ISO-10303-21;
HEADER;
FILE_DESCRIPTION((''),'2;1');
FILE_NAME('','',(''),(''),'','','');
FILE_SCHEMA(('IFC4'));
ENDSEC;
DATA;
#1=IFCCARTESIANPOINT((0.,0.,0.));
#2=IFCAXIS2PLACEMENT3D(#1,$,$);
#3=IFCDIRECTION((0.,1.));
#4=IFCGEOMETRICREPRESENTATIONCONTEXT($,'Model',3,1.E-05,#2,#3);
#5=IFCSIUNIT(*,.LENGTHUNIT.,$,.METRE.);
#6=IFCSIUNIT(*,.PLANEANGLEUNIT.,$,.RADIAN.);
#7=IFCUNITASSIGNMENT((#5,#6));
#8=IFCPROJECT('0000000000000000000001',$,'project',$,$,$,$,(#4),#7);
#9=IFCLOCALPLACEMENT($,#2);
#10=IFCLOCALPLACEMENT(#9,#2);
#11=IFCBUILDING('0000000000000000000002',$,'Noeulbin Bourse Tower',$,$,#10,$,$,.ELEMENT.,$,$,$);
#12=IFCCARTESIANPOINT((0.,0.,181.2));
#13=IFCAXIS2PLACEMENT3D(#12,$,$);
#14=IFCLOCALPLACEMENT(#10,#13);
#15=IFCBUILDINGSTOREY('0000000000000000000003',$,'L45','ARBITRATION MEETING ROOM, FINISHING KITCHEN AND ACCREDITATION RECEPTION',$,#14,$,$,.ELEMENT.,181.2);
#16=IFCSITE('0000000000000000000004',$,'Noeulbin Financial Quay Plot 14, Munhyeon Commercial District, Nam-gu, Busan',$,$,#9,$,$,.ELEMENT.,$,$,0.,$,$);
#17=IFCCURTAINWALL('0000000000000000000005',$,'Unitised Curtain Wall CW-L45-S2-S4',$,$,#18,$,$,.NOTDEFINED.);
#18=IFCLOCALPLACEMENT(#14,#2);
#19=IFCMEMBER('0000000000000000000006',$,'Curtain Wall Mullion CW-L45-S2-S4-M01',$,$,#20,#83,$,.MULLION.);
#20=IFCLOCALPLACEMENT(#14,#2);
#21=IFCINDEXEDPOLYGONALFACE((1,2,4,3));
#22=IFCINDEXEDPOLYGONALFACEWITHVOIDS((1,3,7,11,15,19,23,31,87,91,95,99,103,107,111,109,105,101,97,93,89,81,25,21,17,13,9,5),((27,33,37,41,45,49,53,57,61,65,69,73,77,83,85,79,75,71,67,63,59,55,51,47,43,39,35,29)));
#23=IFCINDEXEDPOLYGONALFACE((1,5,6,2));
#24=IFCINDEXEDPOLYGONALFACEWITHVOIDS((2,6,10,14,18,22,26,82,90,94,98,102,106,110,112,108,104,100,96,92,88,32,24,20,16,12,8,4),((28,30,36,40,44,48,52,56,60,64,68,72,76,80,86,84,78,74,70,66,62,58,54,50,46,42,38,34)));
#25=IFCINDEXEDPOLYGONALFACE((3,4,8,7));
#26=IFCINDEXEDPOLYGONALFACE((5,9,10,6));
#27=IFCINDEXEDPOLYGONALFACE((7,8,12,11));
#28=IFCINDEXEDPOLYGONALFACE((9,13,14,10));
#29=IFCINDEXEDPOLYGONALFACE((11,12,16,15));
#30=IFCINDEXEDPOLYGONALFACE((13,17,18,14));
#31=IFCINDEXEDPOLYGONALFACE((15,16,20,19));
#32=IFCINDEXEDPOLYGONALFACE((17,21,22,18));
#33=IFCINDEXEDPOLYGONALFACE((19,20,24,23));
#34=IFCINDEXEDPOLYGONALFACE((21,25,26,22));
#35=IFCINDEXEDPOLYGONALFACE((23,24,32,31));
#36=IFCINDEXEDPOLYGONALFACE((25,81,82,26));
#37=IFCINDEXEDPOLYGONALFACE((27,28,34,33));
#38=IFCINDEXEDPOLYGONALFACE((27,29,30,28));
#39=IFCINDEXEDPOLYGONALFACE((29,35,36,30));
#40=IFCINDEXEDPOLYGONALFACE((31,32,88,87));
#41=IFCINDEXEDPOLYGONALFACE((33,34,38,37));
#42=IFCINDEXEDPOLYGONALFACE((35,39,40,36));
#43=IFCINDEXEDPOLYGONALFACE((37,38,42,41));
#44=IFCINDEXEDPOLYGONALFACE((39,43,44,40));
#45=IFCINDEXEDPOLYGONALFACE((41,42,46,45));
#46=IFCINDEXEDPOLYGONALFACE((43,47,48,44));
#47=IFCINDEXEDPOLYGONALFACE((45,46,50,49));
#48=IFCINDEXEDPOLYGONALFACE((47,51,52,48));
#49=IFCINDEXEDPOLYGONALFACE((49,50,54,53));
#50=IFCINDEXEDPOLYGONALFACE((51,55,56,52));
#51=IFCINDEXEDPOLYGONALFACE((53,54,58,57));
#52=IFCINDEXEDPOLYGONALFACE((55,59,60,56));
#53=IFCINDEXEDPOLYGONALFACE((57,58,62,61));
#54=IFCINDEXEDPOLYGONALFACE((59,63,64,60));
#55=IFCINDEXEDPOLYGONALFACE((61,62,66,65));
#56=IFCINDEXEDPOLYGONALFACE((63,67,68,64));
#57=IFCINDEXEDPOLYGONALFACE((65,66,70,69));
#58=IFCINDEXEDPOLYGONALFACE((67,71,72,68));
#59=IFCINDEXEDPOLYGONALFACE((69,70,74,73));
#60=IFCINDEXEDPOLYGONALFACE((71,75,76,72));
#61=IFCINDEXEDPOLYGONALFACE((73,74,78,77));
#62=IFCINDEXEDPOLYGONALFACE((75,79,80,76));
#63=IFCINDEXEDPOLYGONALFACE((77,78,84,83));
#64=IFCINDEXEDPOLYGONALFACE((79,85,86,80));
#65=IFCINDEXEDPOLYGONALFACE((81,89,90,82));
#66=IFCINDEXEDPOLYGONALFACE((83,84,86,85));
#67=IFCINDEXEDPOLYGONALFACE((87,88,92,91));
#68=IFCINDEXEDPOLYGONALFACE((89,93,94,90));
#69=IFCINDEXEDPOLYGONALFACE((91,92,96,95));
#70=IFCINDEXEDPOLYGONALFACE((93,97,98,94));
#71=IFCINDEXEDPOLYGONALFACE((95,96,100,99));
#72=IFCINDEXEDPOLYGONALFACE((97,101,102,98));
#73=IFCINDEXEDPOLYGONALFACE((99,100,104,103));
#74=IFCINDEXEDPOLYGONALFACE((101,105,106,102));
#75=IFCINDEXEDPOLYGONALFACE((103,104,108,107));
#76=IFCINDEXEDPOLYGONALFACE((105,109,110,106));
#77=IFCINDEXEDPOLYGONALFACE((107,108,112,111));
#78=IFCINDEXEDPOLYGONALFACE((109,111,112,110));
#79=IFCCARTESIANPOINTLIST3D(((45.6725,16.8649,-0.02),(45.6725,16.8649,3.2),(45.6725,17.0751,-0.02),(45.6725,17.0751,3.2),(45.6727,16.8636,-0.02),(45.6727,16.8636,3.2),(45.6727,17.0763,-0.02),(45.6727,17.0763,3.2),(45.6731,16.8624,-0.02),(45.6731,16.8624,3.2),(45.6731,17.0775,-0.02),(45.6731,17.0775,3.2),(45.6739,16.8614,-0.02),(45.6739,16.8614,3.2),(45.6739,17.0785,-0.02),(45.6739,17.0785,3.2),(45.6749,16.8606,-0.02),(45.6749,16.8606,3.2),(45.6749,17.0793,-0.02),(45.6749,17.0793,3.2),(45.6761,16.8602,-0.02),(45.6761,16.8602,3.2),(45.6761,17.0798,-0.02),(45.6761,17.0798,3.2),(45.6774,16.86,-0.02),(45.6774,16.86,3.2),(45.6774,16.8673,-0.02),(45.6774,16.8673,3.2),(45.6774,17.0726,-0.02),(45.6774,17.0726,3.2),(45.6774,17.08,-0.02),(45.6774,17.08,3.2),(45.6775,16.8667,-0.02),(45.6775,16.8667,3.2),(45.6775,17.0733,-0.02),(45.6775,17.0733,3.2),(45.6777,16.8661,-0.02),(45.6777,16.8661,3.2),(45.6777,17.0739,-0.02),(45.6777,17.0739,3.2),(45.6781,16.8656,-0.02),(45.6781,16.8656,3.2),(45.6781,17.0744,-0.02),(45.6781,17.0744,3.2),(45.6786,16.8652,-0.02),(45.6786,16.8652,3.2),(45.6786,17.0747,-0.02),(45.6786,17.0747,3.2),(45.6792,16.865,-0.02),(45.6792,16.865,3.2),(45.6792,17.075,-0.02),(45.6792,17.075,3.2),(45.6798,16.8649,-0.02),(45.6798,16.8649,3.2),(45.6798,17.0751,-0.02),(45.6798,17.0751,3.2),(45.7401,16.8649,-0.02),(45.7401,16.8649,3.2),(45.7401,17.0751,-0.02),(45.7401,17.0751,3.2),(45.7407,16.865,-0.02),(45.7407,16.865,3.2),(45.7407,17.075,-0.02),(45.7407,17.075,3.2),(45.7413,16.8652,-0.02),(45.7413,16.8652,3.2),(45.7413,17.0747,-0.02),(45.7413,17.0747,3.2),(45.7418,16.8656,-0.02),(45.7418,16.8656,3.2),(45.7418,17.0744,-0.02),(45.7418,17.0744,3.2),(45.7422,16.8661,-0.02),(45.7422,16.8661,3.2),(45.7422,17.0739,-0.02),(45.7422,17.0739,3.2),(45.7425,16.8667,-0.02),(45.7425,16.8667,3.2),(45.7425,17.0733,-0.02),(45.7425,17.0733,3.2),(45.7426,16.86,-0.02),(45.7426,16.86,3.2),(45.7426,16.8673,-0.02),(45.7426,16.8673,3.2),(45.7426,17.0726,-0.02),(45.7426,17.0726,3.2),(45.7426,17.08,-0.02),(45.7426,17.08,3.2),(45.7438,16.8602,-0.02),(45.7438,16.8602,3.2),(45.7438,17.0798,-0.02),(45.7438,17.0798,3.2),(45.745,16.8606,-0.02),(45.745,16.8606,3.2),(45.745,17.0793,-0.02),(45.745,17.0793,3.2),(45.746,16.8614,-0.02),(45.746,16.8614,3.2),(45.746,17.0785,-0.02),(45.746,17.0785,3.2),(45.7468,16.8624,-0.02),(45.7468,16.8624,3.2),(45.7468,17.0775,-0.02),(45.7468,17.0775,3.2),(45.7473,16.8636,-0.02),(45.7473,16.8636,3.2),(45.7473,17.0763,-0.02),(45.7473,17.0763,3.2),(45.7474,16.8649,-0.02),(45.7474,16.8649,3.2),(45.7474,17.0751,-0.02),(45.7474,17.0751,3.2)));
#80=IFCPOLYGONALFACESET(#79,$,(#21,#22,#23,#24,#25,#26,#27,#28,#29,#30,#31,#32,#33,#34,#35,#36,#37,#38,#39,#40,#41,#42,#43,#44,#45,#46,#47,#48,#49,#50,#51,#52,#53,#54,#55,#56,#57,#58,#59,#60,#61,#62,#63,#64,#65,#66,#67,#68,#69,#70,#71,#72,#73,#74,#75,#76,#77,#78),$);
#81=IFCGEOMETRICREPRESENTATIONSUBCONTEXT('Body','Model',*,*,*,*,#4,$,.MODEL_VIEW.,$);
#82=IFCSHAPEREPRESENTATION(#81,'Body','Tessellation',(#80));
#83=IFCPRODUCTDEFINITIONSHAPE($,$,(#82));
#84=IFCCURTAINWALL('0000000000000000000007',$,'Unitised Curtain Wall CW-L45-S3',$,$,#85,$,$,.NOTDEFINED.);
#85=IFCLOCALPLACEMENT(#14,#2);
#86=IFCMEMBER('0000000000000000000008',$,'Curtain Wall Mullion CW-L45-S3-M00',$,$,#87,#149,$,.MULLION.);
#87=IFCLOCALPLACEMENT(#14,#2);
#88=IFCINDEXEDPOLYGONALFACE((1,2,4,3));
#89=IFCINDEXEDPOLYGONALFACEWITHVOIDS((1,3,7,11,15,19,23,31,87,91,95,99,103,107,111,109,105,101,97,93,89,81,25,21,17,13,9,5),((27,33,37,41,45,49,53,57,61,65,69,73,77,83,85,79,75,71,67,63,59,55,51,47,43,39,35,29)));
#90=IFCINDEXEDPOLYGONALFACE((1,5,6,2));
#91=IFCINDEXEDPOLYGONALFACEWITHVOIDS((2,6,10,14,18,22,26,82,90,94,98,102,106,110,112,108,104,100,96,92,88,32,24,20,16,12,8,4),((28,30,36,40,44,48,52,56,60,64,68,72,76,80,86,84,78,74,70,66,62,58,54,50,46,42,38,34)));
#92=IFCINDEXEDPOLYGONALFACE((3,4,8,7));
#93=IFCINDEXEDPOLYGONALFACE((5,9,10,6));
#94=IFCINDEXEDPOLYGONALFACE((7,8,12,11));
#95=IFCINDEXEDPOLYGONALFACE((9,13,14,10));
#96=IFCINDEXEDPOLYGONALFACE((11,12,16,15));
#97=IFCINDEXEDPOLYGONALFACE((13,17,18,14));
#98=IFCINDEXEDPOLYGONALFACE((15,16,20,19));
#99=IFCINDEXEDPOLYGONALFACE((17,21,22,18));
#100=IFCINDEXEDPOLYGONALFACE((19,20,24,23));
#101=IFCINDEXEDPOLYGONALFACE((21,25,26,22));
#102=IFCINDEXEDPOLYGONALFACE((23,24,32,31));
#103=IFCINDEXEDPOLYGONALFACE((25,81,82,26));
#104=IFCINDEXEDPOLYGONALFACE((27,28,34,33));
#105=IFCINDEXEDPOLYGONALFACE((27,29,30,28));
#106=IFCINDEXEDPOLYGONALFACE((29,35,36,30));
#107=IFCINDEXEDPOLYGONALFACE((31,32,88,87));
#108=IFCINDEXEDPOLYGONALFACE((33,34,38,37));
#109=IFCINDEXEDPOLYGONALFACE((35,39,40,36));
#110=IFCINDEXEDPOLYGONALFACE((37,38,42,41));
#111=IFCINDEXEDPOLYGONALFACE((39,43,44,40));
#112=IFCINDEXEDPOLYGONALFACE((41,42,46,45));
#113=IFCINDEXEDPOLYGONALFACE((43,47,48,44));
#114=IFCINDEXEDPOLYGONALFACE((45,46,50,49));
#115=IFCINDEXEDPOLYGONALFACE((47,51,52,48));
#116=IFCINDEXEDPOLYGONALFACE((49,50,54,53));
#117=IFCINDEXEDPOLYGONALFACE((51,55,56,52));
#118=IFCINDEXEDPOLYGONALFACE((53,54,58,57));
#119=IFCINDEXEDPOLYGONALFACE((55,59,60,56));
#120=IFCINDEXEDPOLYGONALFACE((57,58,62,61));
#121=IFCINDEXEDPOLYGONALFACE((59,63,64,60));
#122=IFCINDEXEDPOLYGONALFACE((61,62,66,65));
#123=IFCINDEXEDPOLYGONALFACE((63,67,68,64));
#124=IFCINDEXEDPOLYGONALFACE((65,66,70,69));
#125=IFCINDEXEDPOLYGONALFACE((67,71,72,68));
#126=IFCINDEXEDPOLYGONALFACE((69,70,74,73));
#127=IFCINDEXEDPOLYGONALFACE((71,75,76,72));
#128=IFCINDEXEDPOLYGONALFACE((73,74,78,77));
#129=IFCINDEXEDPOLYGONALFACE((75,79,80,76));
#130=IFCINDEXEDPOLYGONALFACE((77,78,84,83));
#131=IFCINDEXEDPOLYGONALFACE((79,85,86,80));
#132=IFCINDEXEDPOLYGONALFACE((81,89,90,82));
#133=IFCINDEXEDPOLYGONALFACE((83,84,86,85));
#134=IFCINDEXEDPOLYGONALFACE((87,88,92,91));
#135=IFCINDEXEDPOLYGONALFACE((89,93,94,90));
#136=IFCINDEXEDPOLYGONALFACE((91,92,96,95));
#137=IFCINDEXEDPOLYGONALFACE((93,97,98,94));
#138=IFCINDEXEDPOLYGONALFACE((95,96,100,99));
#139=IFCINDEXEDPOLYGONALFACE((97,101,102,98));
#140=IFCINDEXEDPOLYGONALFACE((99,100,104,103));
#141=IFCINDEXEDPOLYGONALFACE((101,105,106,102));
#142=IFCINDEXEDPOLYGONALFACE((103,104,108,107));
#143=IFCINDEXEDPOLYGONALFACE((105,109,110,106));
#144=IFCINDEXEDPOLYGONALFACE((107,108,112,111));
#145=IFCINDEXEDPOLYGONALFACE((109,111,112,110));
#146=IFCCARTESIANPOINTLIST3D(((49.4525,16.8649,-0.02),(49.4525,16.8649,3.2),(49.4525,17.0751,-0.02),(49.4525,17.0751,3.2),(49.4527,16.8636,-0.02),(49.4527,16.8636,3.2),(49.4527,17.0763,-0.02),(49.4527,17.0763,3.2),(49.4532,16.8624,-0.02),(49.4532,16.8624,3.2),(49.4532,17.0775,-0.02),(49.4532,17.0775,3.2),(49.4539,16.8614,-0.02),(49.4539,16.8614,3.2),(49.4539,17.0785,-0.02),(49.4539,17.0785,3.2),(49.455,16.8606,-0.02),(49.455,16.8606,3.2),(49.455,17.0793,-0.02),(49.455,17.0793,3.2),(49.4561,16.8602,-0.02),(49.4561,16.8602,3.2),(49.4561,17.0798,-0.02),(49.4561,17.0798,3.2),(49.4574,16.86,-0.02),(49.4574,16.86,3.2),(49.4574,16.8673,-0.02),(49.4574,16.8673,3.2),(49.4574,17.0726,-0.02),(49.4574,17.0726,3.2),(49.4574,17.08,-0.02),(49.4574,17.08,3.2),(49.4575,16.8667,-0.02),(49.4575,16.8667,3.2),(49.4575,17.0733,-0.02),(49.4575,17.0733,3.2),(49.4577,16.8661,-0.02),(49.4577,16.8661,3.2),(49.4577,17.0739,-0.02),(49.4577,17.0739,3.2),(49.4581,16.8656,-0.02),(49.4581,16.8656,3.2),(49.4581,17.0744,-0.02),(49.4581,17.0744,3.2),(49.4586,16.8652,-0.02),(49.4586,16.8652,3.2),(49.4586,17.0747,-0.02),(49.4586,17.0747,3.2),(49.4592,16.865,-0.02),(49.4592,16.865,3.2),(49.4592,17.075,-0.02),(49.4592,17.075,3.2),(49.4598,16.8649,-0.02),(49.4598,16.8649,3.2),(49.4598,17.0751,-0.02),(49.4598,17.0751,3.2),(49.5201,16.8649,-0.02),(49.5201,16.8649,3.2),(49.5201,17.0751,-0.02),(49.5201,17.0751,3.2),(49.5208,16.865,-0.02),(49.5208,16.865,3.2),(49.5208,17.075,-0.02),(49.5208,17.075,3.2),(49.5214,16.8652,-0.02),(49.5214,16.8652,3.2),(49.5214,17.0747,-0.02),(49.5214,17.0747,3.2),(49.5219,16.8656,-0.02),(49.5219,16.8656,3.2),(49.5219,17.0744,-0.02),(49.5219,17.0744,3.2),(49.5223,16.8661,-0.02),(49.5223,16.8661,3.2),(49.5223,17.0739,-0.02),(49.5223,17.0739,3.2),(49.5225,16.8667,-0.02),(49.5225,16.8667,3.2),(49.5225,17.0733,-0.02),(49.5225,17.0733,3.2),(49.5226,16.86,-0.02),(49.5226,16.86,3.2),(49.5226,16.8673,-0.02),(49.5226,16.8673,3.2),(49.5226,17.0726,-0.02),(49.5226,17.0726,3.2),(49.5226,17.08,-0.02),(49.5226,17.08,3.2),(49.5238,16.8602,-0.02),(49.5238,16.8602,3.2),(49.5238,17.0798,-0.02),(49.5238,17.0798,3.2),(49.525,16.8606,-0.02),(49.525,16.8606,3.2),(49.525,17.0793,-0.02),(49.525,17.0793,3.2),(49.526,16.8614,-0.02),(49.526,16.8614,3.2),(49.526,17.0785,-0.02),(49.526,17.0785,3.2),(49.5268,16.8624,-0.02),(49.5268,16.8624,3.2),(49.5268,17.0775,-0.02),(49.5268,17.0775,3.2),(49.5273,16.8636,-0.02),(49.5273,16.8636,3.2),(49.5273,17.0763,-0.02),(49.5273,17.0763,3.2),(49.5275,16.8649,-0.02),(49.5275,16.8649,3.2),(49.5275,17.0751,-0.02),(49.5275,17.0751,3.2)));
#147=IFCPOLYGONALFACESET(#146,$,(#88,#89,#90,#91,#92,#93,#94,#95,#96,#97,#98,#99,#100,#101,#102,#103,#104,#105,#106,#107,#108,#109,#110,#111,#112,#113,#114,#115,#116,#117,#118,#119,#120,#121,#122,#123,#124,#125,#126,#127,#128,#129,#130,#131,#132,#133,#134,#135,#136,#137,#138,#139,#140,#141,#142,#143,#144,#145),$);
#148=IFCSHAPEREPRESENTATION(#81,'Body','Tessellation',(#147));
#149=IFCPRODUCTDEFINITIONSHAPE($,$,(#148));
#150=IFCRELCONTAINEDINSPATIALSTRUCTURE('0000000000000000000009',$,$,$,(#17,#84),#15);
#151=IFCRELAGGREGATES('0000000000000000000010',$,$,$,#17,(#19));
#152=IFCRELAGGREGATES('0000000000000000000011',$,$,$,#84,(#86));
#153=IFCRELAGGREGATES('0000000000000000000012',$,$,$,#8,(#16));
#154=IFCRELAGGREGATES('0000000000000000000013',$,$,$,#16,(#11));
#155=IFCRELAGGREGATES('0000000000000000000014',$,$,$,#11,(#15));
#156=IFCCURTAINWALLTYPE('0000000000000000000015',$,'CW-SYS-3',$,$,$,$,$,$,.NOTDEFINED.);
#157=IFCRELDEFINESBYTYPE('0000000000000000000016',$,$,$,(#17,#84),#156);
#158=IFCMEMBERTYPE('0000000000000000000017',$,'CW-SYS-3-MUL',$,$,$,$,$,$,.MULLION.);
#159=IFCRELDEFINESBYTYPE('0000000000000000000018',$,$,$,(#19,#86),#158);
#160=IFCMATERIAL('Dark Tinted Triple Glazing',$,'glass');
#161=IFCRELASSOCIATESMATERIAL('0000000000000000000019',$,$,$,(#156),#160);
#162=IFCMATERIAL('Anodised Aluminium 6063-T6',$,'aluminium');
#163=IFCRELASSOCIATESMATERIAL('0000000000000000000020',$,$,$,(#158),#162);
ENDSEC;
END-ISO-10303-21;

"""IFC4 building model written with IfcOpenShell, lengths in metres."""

from ifc_helpers import new_model, si_unit, direction, frame, origin, origin_2d, place, context, subcontext, project, spatial, hollow_rectangle, extrude, material, material_profile, profile_set, type_object, element, aggregate, save


model = new_model("IFC4")

# Units and contexts
model_context = context("Model", 3, precision=1e-05, world=origin(), true_north=direction((0.0, 1.0)))
body_context = subcontext(model_context, "Body", "Model", "MODEL_VIEW")
ifc_project = project(units=[si_unit("LENGTHUNIT", "METRE"), si_unit("PLANEANGLEUNIT", "RADIAN")], contexts=[model_context])

# Site, building, storey
site_placement = place(None, origin())
site = spatial("IfcSite", under=ifc_project, at=site_placement, Name="Noeulbin Financial Quay Plot 14, Munhyeon Commercial District, Nam-gu, Busan", CompositionType="ELEMENT", RefElevation=0.0)
building_placement = place(site_placement, origin())
building = spatial("IfcBuilding", under=site, at=building_placement, Name="Noeulbin Bourse Tower", CompositionType="ELEMENT")
storey_placement = place(building_placement, frame((0.0, 0.0, 181.2)))
storey = spatial("IfcBuildingStorey", under=building, at=storey_placement, Name="L45", Description="ARBITRATION MEETING ROOM, FINISHING KITCHEN AND ACCREDITATION RECEPTION", CompositionType="ELEMENT", Elevation=181.2)

# Shared definitions
ifc_material_1 = material(Name="Dark Tinted Triple Glazing", Category="glass")
curtain_wall_type = type_object("IfcCurtainWallType", Name="CW-SYS-3", PredefinedType="NOTDEFINED", material=ifc_material_1)
ifc_material_2 = material(Name="Anodised Aluminium 6063-T6", Category="aluminium")
ifc_material_profile_1 = material_profile(ifc_material_2, hollow_rectangle(XDim=0.075, YDim=0.22, WallThickness=0.0049, InnerFilletRadius=0.0024, OuterFilletRadius=0.0049, at=origin_2d()), Name="ALU-MULL-75x220x5", Category="LoadBearing")
ifc_profile_set_1 = profile_set([ifc_material_profile_1], Name="Anodised Aluminium 6063-T6")
member_type_1 = type_object("IfcMemberType", Name="CW-SYS-3-MUL", PredefinedType="MULLION", material=ifc_profile_set_1)

# Curtain walls, members
curtain_wall_1_placement = place(storey_placement, origin())
curtain_wall_1 = element("IfcCurtainWall", 1, at=curtain_wall_1_placement, inside=storey, type_object=curtain_wall_type, Name="Unitised Curtain Wall CW-L45-S2-S4", PredefinedType="NOTDEFINED")
member_1_placement = place(storey_placement, frame((45.71, 16.97, -0.02), z_axis=(0.0, 0.0, 1.0), x_axis=(1.0, 0.0, 0.0)))
member_1 = element("IfcMember", 2, at=member_1_placement, type_object=member_type_1, Name="Curtain Wall Mullion CW-L45-S2-S4-M01", PredefinedType="MULLION", context=body_context, shape_type="SweptSolid", body=[
    extrude(hollow_rectangle(XDim=0.075, YDim=0.22, WallThickness=0.0049, InnerFilletRadius=0.0024, OuterFilletRadius=0.0049, at=origin_2d()), origin(), (0.0, 0.0, 1.0), 3.22),
])
curtain_wall_2_placement = place(storey_placement, origin())
curtain_wall_2 = element("IfcCurtainWall", 3, at=curtain_wall_2_placement, inside=storey, type_object=curtain_wall_type, Name="Unitised Curtain Wall CW-L45-S3", PredefinedType="NOTDEFINED")
member_2_placement = place(storey_placement, frame((49.49, 16.97, -0.02), z_axis=(0.0, 0.0, 1.0), x_axis=(1.0, 0.0, 0.0)))
member_2 = element("IfcMember", 4, at=member_2_placement, type_object=member_type_1, Name="Curtain Wall Mullion CW-L45-S3-M00", PredefinedType="MULLION", context=body_context, shape_type="SweptSolid", body=[
    extrude(hollow_rectangle(XDim=0.075, YDim=0.22, WallThickness=0.0049, InnerFilletRadius=0.0024, OuterFilletRadius=0.0049, at=origin_2d()), origin(), (0.0, 0.0, 1.0), 3.22),
])

aggregate(curtain_wall_1, [member_1])
aggregate(curtain_wall_2, [member_2])

save(model, "model.ifc")
